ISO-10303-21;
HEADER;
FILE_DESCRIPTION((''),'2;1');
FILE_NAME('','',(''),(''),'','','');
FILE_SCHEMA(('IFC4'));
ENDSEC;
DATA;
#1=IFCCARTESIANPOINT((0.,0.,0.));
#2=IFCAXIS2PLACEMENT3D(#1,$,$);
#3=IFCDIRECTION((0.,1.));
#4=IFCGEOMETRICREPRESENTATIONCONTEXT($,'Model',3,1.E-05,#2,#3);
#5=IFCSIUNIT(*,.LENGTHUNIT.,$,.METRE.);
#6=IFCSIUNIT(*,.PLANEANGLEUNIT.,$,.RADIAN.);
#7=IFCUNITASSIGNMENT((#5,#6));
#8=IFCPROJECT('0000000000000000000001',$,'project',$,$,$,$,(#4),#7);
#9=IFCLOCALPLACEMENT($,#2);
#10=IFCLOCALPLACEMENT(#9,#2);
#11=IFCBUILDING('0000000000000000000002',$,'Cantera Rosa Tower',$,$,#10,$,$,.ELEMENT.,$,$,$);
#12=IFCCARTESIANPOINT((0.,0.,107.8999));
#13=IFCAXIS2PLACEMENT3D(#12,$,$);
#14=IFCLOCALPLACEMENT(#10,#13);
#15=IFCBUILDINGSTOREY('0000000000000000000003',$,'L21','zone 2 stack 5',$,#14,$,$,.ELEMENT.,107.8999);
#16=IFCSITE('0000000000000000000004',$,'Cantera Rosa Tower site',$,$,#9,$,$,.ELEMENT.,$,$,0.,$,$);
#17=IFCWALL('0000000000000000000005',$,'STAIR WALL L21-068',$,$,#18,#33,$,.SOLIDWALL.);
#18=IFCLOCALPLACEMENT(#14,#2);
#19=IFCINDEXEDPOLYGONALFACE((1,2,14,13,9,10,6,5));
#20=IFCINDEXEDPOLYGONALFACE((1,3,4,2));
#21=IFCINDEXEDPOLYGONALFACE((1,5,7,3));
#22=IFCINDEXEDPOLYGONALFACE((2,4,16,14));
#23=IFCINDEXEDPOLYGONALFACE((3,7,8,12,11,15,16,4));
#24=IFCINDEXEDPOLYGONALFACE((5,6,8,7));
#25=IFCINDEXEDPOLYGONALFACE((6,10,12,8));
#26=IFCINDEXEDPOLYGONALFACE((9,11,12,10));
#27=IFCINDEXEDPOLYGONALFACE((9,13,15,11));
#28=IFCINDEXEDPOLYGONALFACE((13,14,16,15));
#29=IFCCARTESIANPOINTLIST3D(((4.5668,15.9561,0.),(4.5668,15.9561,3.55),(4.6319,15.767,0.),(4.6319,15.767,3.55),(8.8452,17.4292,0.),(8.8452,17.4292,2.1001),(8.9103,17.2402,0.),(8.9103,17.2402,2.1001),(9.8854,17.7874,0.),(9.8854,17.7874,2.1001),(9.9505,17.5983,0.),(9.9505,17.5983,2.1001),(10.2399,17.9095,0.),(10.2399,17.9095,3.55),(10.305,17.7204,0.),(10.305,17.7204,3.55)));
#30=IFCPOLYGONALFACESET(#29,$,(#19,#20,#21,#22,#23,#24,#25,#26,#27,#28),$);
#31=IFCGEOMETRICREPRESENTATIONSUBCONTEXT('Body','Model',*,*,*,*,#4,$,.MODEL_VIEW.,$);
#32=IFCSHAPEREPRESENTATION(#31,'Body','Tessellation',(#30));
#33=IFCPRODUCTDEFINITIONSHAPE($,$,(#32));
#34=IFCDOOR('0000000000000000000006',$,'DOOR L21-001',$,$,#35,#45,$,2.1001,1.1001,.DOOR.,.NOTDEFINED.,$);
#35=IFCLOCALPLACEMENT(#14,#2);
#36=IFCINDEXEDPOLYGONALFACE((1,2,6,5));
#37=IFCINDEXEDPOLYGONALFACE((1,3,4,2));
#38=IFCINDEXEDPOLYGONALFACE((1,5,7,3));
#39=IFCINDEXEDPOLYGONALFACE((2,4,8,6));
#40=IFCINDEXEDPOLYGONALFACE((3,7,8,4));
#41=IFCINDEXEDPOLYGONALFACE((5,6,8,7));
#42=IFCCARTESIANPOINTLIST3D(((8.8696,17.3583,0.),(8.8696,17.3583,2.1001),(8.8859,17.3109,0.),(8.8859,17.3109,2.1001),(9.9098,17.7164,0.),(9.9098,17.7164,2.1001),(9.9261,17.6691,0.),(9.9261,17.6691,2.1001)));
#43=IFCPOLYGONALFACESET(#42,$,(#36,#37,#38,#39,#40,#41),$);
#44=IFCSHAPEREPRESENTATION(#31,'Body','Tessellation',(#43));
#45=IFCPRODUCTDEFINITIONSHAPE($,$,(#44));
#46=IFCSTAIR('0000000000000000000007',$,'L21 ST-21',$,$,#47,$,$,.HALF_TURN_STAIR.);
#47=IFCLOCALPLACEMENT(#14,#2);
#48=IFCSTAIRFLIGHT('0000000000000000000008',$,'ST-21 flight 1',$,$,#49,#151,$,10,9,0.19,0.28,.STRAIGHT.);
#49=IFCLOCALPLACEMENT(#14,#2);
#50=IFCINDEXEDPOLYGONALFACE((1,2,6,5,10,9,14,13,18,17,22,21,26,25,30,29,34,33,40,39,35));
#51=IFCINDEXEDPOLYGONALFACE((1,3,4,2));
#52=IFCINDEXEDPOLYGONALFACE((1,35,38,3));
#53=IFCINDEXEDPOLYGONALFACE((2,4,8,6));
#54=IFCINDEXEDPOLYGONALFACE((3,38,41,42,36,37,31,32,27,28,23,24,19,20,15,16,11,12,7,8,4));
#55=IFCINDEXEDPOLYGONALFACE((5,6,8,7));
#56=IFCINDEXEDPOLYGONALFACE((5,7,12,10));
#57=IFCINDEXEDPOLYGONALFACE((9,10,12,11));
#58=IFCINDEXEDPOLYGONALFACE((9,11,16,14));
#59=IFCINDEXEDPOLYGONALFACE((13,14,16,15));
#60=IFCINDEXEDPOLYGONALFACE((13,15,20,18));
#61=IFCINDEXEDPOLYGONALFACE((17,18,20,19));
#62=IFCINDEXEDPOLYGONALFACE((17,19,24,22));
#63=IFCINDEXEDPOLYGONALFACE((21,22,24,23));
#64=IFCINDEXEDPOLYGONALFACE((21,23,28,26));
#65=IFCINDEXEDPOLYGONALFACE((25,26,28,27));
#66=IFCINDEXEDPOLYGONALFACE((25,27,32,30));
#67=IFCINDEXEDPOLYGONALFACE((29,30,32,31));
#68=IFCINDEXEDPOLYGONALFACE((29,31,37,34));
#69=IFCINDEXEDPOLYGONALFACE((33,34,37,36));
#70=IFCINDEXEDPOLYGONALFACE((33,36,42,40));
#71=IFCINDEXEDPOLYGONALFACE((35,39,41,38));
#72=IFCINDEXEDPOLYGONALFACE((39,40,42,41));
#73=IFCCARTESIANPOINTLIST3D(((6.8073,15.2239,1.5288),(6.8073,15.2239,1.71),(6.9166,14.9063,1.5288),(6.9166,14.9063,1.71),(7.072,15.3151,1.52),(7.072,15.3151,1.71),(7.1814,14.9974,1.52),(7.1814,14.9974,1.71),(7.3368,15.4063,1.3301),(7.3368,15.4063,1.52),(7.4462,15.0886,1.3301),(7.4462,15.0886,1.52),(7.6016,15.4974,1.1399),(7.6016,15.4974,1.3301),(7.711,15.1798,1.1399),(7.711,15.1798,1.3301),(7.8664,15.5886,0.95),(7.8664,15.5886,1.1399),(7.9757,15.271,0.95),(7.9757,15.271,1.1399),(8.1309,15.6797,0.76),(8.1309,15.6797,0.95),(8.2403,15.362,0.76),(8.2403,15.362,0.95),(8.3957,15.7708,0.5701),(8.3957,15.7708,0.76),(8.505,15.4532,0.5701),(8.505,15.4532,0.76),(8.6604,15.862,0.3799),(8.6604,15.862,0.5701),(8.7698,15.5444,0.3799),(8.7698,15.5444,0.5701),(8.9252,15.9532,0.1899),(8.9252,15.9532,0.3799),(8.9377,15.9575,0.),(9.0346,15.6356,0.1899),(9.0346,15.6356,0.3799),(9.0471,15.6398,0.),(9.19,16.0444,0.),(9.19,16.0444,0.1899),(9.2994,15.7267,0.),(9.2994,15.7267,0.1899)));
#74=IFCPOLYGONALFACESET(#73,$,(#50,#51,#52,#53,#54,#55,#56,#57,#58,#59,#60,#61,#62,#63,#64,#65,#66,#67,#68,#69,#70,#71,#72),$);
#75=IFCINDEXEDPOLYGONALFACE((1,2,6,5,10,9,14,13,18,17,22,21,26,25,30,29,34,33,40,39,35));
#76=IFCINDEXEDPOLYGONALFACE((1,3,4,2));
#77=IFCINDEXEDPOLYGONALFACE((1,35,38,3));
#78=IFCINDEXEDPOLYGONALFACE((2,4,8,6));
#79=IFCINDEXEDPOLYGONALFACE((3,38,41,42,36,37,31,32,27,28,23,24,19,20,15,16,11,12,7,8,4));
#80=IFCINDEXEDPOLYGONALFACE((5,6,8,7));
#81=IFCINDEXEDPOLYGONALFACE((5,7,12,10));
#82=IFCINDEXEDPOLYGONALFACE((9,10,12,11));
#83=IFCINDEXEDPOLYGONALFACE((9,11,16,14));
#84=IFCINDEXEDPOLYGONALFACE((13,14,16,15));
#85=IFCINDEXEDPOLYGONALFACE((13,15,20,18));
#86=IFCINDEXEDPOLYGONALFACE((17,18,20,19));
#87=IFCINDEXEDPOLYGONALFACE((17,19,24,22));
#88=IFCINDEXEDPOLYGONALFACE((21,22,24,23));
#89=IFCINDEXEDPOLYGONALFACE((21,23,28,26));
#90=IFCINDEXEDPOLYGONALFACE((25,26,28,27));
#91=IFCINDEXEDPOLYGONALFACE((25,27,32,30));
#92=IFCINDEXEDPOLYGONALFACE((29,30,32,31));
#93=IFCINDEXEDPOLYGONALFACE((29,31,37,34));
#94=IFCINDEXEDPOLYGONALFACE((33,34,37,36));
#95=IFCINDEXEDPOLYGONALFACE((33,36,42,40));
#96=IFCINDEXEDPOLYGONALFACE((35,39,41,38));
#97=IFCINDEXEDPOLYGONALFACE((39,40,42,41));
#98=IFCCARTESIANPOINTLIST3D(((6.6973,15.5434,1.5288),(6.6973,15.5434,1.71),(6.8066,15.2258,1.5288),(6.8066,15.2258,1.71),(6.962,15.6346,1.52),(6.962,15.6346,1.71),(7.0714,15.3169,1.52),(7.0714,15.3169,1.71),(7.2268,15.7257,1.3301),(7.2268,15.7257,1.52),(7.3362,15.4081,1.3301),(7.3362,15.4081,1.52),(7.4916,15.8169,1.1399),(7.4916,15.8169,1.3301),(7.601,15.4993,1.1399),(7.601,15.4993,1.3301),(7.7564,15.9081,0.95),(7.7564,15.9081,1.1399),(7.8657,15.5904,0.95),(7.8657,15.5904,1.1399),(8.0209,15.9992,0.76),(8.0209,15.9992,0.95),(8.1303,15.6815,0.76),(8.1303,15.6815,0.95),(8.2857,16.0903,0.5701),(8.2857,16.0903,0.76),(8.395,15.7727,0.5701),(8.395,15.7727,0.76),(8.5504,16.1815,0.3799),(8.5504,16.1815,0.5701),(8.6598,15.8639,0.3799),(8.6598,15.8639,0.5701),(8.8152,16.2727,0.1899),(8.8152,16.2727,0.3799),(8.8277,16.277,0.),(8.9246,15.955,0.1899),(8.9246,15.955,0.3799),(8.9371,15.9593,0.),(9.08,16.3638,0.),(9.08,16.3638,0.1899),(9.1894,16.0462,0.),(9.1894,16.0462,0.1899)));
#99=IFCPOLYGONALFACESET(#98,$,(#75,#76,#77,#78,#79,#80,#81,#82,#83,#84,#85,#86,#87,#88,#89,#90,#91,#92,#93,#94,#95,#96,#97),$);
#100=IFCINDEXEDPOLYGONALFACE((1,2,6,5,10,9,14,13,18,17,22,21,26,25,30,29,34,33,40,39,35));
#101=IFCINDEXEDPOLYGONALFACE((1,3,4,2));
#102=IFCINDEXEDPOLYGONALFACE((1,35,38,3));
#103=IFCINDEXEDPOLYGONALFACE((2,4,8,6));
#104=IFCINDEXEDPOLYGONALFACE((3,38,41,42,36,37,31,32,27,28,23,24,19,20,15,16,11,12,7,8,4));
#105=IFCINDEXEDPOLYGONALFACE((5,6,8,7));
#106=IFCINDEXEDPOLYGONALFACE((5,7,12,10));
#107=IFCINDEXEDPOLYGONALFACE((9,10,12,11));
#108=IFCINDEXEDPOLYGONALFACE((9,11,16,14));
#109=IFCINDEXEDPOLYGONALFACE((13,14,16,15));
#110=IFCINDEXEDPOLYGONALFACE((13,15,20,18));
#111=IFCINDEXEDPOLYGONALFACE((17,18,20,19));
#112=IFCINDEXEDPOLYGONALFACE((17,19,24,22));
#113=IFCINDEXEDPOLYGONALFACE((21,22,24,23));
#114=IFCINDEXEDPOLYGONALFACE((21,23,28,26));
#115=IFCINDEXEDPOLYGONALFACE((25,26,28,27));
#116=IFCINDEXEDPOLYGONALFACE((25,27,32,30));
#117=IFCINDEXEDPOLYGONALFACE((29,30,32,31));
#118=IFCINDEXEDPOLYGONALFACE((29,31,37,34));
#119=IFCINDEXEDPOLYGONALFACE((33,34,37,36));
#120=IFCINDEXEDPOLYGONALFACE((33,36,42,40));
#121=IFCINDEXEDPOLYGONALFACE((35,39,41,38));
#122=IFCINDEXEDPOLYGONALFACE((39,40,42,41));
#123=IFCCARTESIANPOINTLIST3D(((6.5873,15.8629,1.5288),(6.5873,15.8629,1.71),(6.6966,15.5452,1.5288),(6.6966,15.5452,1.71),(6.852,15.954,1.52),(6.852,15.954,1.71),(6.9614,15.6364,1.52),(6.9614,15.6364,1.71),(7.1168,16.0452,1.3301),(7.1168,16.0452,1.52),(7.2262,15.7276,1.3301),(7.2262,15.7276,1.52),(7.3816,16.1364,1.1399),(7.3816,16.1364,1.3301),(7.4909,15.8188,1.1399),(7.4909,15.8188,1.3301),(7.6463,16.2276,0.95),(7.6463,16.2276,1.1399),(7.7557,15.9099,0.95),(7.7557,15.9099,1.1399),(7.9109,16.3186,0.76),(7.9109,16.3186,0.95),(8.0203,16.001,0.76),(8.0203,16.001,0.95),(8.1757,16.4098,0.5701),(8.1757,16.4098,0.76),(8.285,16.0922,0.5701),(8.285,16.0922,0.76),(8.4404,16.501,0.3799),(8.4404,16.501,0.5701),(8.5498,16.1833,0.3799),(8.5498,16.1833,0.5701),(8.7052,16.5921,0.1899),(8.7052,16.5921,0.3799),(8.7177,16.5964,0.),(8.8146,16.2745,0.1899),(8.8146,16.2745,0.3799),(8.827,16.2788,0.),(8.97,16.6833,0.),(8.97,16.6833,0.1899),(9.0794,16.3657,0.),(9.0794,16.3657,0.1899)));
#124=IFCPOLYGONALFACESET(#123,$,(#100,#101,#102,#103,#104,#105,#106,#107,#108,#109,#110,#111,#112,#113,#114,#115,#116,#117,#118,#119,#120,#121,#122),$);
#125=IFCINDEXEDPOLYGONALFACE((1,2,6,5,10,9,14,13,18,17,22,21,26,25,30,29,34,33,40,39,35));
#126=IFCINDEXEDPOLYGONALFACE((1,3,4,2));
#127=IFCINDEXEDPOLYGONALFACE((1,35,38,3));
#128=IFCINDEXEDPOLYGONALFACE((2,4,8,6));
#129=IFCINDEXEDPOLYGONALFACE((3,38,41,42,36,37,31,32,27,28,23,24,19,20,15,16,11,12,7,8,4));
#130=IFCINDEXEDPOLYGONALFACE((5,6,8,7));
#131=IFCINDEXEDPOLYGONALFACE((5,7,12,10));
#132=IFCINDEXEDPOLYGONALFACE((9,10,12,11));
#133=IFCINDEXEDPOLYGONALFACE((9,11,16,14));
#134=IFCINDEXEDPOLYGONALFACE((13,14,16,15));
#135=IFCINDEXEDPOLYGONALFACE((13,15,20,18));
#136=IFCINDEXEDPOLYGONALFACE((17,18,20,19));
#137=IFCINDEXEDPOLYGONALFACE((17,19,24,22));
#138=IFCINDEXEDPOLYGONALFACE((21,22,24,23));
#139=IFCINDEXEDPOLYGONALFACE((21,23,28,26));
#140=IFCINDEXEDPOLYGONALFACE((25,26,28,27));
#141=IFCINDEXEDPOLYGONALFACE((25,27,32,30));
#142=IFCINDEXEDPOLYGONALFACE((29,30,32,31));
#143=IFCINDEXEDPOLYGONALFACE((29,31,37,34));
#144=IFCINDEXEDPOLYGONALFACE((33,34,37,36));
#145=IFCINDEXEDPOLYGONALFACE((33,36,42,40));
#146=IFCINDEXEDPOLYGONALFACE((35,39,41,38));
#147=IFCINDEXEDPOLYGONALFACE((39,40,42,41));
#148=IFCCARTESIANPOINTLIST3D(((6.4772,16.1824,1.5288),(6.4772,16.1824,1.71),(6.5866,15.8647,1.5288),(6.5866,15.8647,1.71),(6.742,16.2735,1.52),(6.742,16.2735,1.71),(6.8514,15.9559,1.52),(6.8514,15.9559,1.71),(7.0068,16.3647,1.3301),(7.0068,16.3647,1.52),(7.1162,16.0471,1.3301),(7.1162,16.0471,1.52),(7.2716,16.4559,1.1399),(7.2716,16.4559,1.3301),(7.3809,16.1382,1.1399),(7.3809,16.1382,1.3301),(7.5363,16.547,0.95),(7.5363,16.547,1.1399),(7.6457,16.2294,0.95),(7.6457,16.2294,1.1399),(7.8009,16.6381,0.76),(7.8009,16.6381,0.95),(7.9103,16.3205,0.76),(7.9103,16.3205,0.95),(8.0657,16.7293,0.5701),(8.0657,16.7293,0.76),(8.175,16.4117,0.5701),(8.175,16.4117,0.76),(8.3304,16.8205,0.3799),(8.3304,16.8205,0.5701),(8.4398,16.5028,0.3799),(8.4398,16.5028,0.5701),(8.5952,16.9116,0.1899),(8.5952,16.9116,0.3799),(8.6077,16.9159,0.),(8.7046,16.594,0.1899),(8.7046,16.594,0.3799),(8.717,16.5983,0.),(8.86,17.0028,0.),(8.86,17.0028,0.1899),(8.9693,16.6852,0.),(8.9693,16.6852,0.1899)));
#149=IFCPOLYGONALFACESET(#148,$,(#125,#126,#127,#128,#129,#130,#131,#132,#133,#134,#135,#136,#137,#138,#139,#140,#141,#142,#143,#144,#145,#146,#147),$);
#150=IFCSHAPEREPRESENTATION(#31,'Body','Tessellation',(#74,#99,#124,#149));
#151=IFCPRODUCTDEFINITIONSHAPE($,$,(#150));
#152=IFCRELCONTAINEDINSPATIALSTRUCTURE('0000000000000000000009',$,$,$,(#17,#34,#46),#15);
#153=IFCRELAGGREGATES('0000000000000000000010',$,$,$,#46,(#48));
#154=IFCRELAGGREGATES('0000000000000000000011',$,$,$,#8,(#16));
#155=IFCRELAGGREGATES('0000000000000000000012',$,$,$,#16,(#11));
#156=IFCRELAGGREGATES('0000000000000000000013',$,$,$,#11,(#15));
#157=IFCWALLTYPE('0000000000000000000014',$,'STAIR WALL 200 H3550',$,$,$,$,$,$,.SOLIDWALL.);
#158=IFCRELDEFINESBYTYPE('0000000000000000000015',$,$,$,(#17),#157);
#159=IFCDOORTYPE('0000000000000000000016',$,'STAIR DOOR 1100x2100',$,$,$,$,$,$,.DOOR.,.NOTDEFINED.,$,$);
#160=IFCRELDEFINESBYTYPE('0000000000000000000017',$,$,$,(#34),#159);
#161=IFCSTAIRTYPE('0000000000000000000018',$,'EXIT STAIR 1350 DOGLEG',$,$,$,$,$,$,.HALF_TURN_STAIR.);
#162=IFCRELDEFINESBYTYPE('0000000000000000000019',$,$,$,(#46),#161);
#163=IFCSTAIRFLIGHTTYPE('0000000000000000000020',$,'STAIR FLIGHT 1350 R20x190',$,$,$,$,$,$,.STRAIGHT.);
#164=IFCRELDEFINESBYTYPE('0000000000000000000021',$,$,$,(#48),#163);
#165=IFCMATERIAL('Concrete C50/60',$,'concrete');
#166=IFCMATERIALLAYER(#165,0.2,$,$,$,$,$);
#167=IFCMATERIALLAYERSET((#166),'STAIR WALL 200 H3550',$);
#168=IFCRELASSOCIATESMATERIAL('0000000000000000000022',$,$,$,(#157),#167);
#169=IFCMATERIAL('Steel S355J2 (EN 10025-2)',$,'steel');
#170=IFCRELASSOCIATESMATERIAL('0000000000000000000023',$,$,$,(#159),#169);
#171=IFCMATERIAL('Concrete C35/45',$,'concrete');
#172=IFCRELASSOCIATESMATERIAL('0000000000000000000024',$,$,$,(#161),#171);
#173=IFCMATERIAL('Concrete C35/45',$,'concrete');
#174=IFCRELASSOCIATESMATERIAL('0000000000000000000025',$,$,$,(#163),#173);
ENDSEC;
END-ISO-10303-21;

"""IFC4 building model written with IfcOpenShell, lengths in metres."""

from ifc_helpers import new_model, si_unit, direction, frame, frame_2d, origin, place, context, subcontext, project, spatial, polyline, rectangle, outline, extrude, material, layer, layer_set, type_object, element, fill, aggregate, save


model = new_model("IFC4")

# Units and contexts
model_context = context("Model", 3, precision=1e-05, world=origin(), true_north=direction((0.0, 1.0)))
body_context = subcontext(model_context, "Body", "Model", "MODEL_VIEW")
ifc_project = project(units=[si_unit("LENGTHUNIT", "METRE"), si_unit("PLANEANGLEUNIT", "RADIAN")], contexts=[model_context])

# Site, building, storey
site_placement = place(None, origin())
site = spatial("IfcSite", under=ifc_project, at=site_placement, Name="Cantera Rosa Tower site", CompositionType="ELEMENT", RefElevation=0.0)
building_placement = place(site_placement, origin())
building = spatial("IfcBuilding", under=site, at=building_placement, Name="Cantera Rosa Tower", CompositionType="ELEMENT")
storey_placement = place(building_placement, frame((0.0, 0.0, 107.8999)))
storey = spatial("IfcBuildingStorey", under=building, at=storey_placement, Name="L21", Description="zone 2 stack 5", CompositionType="ELEMENT", Elevation=107.8999)

# Shared definitions
ifc_material_1 = material(Name="Concrete C50/60", Category="concrete")
ifc_layer_1 = layer(ifc_material_1, 0.2)
ifc_layer_set_1 = layer_set([ifc_layer_1], Name="STAIR WALL 200 H3550")
wall_type_1 = type_object("IfcWallType", Name="STAIR WALL 200 H3550", PredefinedType="SOLIDWALL", material=ifc_layer_set_1)

# Wall, opening, door
wall_1_placement = place(storey_placement, frame((4.5994, 15.8616, 0.0), z_axis=(0.0, 0.0, 1.0), x_axis=(0.94552, 0.325563, 0.0)))
wall_1 = element("IfcWall", 1, at=wall_1_placement, inside=storey, type_object=wall_type_1, Name="STAIR WALL L21-068", PredefinedType="SOLIDWALL", context=body_context, shape_type="SweptSolid", body=[
    extrude(rectangle(XDim=6.0, YDim=0.2, at=frame_2d((3.0, 0.0))), origin(), (0.0, 0.0, 1.0), 3.55),
])
opening_1_placement = place(wall_1_placement, frame((4.5249, 0.0, 0.0)))
opening_1 = element("IfcOpeningElement", 2, at=opening_1_placement, cuts=wall_1, PredefinedType="OPENING", context=body_context, shape_type="SweptSolid", body=[
    extrude(rectangle(XDim=1.1001, YDim=2.1001, at=frame_2d((0.55, 1.05))), frame((0.0, 0.1099, 0.0), z_axis=(0.0, -1.0, 0.0), x_axis=(1.0, 0.0, 0.0)), (0.0, 0.0, 1.0), 0.22),
])
ifc_material_2 = material(Name="Steel S355J2 (EN 10025-2)", Category="steel")
door_type_1 = type_object("IfcDoorType", Name="STAIR DOOR 1100x2100", OperationType="NOTDEFINED", PredefinedType="DOOR", material=ifc_material_2)
door_1_placement = place(opening_1_placement, origin())
door_1 = element("IfcDoor", 3, at=door_1_placement, inside=storey, type_object=door_type_1, Name="DOOR L21-001", OperationType="NOTDEFINED", OverallHeight=2.1001, OverallWidth=1.1001, PredefinedType="DOOR", context=body_context, shape_type="SweptSolid", body=[
    extrude(rectangle(XDim=1.1001, YDim=2.1001, at=frame_2d((0.55, 1.05))), frame((0.0, 0.0249, 0.0), z_axis=(0.0, -1.0, 0.0), x_axis=(1.0, 0.0, 0.0)), (0.0, 0.0, 1.0), 0.05),
])
fill(opening_1, door_1)

# Stair, stair flight
ifc_material_3 = material(Name="Concrete C35/45", Category="concrete")
stair_type = type_object("IfcStairType", Name="EXIT STAIR 1350 DOGLEG", PredefinedType="HALF_TURN_STAIR", material=ifc_material_3)
stair_placement = place(storey_placement, origin())
stair = element("IfcStair", 4, at=stair_placement, inside=storey, type_object=stair_type, Name="L21 ST-21", PredefinedType="HALF_TURN_STAIR")
ifc_material_4 = material(Name="Concrete C35/45", Category="concrete")
stair_flight_type = type_object("IfcStairFlightType", Name="STAIR FLIGHT 1350 R20x190", PredefinedType="STRAIGHT", material=ifc_material_4)
stair_flight_placement = place(storey_placement, frame((9.0796, 16.365, 0.0), z_axis=(0.0, 0.0, 1.0), x_axis=(-0.945519, -0.325568, 0.0)))
stair_flight = element("IfcStairFlight", 5, at=stair_flight_placement, type_object=stair_flight_type, Name="ST-21 flight 1", NumberOfRisers=10, NumberOfTreads=9, PredefinedType="STRAIGHT", RiserHeight=0.19, TreadLength=0.28, context=body_context, shape_type="SweptSolid", body=[
    extrude(outline(polyline([(0.0, 0.0), (0.0, 0.1899), (0.28, 0.1899), (0.28, 0.3799), (0.5601, 0.3799), (0.5601, 0.5701), (0.8401, 0.5701), (0.8401, 0.76), (1.1201, 0.76), (1.1201, 0.95), (1.3999, 0.95), (1.3999, 1.1399), (1.6799, 1.1399), (1.6799, 1.3301), (1.96, 1.3301), (1.96, 1.52), (2.24, 1.52), (2.24, 1.71), (2.52, 1.71), (2.52, 1.8999), (2.52, 1.5288), (0.2668, 0.0), (0.0, 0.0)])), frame((0.0, 0.675, 0.0), z_axis=(0.0, -1.0, 0.0), x_axis=(1.0, 0.0, 0.0)), (0.0, 0.0, 1.0), 0.3359),
    extrude(outline(polyline([(0.0, 0.0), (0.0, 0.1899), (0.28, 0.1899), (0.28, 0.3799), (0.5601, 0.3799), (0.5601, 0.5701), (0.8401, 0.5701), (0.8401, 0.76), (1.1201, 0.76), (1.1201, 0.95), (1.3999, 0.95), (1.3999, 1.1399), (1.6799, 1.1399), (1.6799, 1.3301), (1.96, 1.3301), (1.96, 1.52), (2.24, 1.52), (2.24, 1.71), (2.52, 1.71), (2.52, 1.8999), (2.52, 1.5288), (0.2668, 0.0), (0.0, 0.0)])), frame((0.0, 0.3372, 0.0), z_axis=(0.0, -1.0, 0.0), x_axis=(1.0, 0.0, 0.0)), (0.0, 0.0, 1.0), 0.3359),
    extrude(outline(polyline([(0.0, 0.0), (0.0, 0.1899), (0.28, 0.1899), (0.28, 0.3799), (0.5601, 0.3799), (0.5601, 0.5701), (0.8401, 0.5701), (0.8401, 0.76), (1.1201, 0.76), (1.1201, 0.95), (1.3999, 0.95), (1.3999, 1.1399), (1.6799, 1.1399), (1.6799, 1.3301), (1.96, 1.3301), (1.96, 1.52), (2.24, 1.52), (2.24, 1.71), (2.52, 1.71), (2.52, 1.8999), (2.52, 1.5288), (0.2668, 0.0), (0.0, 0.0)])), frame((0.0, -0.0007, 0.0), z_axis=(0.0, -1.0, 0.0), x_axis=(1.0, 0.0, 0.0)), (0.0, 0.0, 1.0), 0.3359),
    extrude(outline(polyline([(0.0, 0.0), (0.0, 0.1899), (0.28, 0.1899), (0.28, 0.3799), (0.5601, 0.3799), (0.5601, 0.5701), (0.8401, 0.5701), (0.8401, 0.76), (1.1201, 0.76), (1.1201, 0.95), (1.3999, 0.95), (1.3999, 1.1399), (1.6799, 1.1399), (1.6799, 1.3301), (1.96, 1.3301), (1.96, 1.52), (2.24, 1.52), (2.24, 1.71), (2.52, 1.71), (2.52, 1.8999), (2.52, 1.5288), (0.2668, 0.0), (0.0, 0.0)])), frame((0.0, -0.3386, 0.0), z_axis=(0.0, -1.0, 0.0), x_axis=(1.0, 0.0, 0.0)), (0.0, 0.0, 1.0), 0.3359),
])
aggregate(stair, [stair_flight])

save(model, "model.ifc")
